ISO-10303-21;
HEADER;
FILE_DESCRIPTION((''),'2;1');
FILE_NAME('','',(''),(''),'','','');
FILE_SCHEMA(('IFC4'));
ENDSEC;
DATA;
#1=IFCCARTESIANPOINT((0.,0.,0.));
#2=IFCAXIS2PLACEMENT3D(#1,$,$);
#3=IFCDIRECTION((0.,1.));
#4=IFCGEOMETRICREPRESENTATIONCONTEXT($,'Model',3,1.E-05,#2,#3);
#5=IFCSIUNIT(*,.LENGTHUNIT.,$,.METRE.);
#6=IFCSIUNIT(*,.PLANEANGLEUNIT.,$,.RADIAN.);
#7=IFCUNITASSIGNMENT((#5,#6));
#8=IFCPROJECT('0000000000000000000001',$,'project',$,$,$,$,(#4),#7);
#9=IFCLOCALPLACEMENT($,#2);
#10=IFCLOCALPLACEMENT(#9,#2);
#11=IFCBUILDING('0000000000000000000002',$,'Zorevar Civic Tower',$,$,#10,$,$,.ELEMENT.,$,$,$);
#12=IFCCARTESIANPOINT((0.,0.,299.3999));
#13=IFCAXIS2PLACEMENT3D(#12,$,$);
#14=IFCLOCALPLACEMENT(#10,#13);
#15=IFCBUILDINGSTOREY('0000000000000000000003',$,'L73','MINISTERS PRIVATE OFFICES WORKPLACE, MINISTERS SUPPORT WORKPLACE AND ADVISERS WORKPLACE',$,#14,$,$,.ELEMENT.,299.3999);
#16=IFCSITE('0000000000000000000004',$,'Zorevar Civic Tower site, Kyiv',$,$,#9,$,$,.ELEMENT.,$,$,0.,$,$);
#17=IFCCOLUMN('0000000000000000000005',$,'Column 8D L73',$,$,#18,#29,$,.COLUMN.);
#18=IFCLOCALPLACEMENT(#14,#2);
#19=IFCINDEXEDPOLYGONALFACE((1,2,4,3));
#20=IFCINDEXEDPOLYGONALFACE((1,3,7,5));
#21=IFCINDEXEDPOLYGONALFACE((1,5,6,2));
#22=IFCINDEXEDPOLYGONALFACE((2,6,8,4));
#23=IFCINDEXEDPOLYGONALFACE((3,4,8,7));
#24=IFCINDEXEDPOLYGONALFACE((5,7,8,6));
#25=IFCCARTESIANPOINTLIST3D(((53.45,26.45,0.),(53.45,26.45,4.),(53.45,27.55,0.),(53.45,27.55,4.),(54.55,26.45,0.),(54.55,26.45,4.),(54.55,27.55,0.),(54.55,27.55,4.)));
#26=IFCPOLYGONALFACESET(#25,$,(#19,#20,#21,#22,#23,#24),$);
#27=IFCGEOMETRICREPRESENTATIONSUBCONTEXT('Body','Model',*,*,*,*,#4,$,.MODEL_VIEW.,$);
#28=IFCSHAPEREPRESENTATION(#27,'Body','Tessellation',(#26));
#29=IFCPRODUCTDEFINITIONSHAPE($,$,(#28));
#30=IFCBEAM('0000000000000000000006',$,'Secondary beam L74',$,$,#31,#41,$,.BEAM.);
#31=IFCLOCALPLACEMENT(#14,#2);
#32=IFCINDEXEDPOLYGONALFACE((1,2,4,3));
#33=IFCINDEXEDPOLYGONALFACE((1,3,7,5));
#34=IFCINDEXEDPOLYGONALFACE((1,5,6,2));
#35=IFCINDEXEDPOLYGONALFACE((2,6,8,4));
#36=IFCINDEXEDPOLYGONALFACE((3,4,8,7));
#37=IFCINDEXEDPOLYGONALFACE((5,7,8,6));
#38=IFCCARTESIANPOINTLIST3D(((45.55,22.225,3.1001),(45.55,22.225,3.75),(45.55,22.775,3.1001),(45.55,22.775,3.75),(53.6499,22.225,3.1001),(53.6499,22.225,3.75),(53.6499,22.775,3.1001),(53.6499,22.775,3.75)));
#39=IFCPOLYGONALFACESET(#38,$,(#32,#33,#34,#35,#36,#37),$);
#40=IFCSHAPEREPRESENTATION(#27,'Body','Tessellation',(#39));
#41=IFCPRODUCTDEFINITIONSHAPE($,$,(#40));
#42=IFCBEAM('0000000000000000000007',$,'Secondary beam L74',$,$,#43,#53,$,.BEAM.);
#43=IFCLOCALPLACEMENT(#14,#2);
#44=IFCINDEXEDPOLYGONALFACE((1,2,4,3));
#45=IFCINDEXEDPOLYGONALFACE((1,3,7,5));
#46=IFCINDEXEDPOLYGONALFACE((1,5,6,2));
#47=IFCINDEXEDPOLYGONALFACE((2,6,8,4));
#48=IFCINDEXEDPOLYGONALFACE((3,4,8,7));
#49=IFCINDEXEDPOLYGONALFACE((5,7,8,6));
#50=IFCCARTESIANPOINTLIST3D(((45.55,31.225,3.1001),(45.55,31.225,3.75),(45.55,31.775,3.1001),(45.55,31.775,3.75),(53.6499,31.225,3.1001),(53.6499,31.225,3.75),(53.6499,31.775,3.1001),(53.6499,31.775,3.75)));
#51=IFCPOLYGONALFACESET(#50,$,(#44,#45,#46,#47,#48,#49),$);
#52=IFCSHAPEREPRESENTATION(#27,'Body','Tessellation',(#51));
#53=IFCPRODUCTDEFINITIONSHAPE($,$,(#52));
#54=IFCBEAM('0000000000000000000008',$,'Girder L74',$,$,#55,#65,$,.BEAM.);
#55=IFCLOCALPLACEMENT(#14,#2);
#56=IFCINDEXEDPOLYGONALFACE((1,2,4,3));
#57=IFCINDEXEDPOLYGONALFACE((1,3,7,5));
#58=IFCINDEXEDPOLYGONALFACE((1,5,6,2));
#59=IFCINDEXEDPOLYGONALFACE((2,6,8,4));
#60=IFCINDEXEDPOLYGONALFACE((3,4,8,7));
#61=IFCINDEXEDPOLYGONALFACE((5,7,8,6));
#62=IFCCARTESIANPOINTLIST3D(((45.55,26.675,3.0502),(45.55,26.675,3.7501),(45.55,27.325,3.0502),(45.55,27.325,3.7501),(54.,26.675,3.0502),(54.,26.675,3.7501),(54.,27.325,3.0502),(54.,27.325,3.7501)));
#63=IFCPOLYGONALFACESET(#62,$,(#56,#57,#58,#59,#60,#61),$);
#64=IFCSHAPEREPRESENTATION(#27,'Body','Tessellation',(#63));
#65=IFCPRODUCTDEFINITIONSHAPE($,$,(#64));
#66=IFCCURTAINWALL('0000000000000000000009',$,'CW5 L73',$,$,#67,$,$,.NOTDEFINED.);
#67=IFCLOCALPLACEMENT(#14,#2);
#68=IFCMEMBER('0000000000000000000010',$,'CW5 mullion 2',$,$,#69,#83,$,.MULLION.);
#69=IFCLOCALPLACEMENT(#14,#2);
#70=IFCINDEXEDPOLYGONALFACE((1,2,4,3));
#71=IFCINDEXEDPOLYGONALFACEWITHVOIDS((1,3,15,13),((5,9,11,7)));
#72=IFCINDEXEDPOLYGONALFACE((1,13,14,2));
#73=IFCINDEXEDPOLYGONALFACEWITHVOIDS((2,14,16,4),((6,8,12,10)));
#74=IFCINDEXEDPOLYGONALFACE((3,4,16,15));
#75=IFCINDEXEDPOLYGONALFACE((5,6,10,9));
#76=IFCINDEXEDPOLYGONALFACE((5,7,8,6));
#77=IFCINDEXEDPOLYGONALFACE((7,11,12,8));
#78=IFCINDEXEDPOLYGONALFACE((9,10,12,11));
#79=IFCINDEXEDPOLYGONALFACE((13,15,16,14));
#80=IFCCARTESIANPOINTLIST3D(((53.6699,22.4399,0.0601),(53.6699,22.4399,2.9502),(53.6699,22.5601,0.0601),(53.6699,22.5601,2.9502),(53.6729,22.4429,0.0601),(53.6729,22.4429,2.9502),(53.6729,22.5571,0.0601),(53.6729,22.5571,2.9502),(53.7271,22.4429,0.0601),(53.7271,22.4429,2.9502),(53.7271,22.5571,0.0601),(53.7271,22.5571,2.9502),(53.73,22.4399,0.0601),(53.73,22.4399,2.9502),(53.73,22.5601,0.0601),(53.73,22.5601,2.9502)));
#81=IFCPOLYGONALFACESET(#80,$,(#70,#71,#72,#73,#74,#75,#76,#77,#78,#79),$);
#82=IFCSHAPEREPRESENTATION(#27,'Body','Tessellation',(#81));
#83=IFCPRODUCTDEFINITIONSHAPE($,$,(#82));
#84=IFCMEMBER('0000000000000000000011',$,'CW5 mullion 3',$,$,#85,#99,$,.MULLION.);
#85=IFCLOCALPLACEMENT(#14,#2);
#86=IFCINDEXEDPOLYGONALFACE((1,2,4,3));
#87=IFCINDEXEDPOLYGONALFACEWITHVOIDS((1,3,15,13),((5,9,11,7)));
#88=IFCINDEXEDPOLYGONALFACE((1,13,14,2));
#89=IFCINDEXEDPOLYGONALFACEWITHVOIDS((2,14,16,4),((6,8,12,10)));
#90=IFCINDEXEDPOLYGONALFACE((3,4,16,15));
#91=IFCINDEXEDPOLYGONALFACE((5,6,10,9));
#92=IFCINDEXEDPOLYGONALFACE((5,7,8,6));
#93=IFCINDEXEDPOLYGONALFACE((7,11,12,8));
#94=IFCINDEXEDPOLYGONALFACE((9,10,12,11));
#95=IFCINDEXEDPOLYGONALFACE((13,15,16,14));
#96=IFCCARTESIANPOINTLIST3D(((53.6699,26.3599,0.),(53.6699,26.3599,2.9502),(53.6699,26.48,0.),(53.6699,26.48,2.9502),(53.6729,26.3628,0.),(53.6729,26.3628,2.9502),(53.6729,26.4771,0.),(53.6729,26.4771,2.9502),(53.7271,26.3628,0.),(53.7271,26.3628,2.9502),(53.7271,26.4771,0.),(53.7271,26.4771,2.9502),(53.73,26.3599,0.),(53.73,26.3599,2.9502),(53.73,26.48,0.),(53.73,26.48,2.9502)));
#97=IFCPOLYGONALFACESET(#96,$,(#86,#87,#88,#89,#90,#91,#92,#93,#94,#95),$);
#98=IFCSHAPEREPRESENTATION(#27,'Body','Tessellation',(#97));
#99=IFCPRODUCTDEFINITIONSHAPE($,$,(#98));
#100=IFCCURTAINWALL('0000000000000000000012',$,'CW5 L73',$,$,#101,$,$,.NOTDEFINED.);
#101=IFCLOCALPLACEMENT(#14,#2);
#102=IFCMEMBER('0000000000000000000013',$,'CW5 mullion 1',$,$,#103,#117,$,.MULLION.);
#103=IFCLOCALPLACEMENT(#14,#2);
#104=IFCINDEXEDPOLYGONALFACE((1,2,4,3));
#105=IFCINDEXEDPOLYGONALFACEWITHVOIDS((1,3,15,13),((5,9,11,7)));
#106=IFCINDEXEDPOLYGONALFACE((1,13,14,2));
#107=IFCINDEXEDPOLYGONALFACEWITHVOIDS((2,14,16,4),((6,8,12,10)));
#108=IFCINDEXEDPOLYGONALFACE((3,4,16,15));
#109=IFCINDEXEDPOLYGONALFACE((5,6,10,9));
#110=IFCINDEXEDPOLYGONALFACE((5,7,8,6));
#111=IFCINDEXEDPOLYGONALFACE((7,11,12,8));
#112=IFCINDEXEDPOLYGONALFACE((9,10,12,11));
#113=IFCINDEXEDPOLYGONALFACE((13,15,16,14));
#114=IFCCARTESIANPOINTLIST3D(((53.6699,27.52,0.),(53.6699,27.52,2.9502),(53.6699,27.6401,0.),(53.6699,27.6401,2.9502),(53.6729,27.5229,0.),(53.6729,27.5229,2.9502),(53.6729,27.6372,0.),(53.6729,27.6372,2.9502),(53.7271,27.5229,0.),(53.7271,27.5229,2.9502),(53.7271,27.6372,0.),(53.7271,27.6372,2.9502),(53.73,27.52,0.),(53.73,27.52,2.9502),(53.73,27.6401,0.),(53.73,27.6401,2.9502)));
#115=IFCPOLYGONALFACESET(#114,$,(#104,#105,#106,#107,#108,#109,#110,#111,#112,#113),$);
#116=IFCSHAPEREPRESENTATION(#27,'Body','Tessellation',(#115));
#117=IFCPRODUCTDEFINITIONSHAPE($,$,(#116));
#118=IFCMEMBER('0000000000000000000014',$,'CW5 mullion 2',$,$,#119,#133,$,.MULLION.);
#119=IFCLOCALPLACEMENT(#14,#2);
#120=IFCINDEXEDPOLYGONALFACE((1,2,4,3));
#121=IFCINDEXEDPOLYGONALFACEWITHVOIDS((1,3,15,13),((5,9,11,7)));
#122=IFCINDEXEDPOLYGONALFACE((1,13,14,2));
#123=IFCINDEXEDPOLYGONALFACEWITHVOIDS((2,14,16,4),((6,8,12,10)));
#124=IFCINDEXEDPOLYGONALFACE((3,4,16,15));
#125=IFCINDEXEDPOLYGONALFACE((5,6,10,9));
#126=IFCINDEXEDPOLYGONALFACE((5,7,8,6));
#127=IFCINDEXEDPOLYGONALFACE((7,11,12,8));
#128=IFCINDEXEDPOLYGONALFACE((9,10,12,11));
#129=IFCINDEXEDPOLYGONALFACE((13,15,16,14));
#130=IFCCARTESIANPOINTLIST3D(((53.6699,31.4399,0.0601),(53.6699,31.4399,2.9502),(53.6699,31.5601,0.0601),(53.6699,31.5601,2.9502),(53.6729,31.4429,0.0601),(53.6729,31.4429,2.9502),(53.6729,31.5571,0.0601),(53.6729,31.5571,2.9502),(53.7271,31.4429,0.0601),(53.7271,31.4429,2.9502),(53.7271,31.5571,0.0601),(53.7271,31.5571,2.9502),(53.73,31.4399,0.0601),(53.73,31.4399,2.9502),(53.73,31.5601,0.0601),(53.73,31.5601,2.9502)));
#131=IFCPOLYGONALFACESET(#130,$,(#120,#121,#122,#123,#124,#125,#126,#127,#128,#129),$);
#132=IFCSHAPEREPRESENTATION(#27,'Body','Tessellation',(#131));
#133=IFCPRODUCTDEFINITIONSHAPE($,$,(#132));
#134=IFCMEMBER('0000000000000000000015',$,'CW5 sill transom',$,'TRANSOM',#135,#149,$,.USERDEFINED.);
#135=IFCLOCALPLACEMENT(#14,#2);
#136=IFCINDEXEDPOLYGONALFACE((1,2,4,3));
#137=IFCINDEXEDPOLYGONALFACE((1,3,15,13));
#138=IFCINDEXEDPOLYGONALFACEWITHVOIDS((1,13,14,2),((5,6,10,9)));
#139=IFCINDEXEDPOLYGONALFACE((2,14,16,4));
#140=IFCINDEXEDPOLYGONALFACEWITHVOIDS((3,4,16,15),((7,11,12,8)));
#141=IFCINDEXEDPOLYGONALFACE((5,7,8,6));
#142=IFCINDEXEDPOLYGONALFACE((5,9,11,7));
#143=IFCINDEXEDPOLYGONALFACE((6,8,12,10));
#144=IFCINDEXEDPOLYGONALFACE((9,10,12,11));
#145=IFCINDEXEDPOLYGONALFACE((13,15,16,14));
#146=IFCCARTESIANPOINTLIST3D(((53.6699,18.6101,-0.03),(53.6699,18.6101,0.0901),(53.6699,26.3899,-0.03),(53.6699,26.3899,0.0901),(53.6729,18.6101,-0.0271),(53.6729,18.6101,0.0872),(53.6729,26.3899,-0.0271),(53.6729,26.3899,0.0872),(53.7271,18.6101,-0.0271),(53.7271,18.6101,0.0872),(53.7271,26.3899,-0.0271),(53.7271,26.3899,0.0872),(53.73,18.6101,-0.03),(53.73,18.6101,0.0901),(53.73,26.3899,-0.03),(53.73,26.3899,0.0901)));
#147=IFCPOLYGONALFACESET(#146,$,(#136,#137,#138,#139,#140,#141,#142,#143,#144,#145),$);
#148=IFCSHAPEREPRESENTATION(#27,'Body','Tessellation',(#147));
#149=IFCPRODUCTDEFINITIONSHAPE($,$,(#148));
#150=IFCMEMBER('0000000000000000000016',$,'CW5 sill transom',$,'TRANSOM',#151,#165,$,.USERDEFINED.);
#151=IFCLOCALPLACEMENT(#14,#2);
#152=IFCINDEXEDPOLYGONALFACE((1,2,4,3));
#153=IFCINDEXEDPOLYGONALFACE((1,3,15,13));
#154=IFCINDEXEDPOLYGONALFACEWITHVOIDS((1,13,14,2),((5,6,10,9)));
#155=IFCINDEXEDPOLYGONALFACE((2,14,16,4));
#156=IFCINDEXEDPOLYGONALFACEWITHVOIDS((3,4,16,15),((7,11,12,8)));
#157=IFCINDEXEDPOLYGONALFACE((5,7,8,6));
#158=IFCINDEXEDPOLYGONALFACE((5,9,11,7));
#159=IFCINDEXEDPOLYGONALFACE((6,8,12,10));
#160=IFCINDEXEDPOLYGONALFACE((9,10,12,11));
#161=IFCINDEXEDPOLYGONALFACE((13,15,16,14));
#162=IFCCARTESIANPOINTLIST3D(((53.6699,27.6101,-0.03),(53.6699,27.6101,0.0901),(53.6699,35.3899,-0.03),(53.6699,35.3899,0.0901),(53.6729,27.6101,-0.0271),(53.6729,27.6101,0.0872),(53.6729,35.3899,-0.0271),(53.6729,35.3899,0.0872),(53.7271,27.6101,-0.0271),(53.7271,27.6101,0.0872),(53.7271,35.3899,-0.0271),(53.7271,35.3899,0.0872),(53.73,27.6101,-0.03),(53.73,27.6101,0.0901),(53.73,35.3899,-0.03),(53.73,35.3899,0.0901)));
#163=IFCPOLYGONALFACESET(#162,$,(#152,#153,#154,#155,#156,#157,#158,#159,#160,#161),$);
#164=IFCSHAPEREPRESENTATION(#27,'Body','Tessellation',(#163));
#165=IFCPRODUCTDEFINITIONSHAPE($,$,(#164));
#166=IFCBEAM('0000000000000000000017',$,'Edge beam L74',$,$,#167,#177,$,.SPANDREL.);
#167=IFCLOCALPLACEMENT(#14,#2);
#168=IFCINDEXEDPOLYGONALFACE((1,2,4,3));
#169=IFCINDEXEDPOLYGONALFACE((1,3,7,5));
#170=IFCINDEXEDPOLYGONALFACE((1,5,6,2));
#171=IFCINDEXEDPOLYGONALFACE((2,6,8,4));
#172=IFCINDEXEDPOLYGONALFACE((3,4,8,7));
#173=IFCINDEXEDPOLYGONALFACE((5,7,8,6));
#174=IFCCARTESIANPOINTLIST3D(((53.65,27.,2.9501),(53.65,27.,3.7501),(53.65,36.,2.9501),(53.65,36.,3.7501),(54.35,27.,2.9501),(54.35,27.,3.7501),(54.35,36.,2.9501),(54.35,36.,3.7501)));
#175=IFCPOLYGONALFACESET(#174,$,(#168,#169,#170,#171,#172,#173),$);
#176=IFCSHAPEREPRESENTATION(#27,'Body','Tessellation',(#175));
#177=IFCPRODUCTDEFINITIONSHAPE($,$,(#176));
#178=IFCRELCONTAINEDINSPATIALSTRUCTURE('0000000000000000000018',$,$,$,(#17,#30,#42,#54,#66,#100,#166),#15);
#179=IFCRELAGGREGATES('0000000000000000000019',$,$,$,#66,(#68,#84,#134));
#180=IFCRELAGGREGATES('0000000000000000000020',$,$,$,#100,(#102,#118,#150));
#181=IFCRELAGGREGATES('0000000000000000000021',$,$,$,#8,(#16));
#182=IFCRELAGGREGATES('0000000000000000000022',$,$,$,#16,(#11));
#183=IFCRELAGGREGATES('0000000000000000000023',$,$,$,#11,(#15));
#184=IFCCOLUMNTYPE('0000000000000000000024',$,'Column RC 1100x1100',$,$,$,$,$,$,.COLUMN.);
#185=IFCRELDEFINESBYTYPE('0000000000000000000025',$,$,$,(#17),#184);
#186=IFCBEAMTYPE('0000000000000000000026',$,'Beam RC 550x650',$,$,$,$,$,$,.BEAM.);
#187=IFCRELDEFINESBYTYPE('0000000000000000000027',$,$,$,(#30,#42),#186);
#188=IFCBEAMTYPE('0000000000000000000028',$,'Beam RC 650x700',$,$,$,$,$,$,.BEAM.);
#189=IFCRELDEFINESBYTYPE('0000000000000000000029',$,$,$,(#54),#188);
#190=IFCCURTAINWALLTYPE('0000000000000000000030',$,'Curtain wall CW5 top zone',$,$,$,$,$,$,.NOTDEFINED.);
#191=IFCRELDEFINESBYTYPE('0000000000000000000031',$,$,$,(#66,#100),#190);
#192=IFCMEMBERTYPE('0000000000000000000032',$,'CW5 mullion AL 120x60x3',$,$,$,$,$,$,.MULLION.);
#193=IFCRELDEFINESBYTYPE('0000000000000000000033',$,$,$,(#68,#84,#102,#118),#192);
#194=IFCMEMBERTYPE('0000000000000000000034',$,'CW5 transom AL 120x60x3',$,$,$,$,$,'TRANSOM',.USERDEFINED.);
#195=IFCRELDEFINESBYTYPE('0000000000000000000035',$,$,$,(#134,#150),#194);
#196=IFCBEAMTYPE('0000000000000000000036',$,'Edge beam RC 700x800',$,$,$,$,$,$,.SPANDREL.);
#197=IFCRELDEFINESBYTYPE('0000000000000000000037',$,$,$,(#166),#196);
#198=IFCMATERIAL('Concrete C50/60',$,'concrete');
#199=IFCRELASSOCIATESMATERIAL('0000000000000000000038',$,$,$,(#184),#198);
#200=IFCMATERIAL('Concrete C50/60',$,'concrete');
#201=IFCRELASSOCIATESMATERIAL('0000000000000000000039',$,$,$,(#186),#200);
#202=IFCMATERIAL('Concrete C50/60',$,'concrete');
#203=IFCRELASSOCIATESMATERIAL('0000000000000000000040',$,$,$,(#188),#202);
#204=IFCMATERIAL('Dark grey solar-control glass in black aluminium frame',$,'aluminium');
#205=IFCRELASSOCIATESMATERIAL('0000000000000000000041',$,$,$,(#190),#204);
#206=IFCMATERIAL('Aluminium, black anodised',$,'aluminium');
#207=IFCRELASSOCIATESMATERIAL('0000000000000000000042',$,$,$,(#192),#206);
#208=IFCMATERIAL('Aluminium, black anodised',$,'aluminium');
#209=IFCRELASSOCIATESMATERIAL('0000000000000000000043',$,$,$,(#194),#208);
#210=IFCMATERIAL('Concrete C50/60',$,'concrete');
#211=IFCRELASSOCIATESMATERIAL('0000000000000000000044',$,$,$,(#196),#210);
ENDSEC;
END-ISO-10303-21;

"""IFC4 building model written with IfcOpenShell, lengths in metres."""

from ifc_helpers import new_model, si_unit, direction, frame, origin, origin_2d, place, context, subcontext, project, spatial, rectangle, hollow_rectangle, extrude, material, material_profile, profile_set, type_object, element, aggregate, save


model = new_model("IFC4")

# Units and contexts
model_context = context("Model", 3, precision=1e-05, world=origin(), true_north=direction((0.0, 1.0)))
body_context = subcontext(model_context, "Body", "Model", "MODEL_VIEW")
ifc_project = project(units=[si_unit("LENGTHUNIT", "METRE"), si_unit("PLANEANGLEUNIT", "RADIAN")], contexts=[model_context])

# Site, building, storey
site_placement = place(None, origin())
site = spatial("IfcSite", under=ifc_project, at=site_placement, Name="Zorevar Civic Tower site, Kyiv", CompositionType="ELEMENT", RefElevation=0.0)
building_placement = place(site_placement, origin())
building = spatial("IfcBuilding", under=site, at=building_placement, Name="Zorevar Civic Tower", CompositionType="ELEMENT")
storey_placement = place(building_placement, frame((0.0, 0.0, 299.3999)))
storey = spatial("IfcBuildingStorey", under=building, at=storey_placement, Name="L73", Description="MINISTERS PRIVATE OFFICES WORKPLACE, MINISTERS SUPPORT WORKPLACE AND ADVISERS WORKPLACE", CompositionType="ELEMENT", Elevation=299.3999)

# Column
ifc_material_1 = material(Name="Concrete C50/60", Category="concrete")
ifc_material_profile_1 = material_profile(ifc_material_1, rectangle(XDim=1.1001, YDim=1.1001, at=origin_2d()), Name="RC 1100x1100")
ifc_profile_set_1 = profile_set([ifc_material_profile_1], Name="Concrete C50/60")
column_type = type_object("IfcColumnType", Name="Column RC 1100x1100", PredefinedType="COLUMN", material=ifc_profile_set_1)
column_placement = place(storey_placement, frame((54.0, 27.0, 0.0), z_axis=(0.0, 0.0, 1.0), x_axis=(1.0, 0.0, 0.0)))
element("IfcColumn", 1, at=column_placement, inside=storey, type_object=column_type, Name="Column 8D L73", PredefinedType="COLUMN", context=body_context, shape_type="SweptSolid", body=[
    extrude(rectangle(XDim=1.1001, YDim=1.1001, at=origin_2d()), origin(), (0.0, 0.0, 1.0), 4.0),
])

# Beams
ifc_material_2 = material(Name="Concrete C50/60", Category="concrete")
ifc_material_profile_2 = material_profile(ifc_material_2, rectangle(XDim=0.55, YDim=0.6499, at=origin_2d()), Name="RC 550x650")
ifc_profile_set_2 = profile_set([ifc_material_profile_2], Name="Concrete C50/60")
beam_type_1 = type_object("IfcBeamType", Name="Beam RC 550x650", PredefinedType="BEAM", material=ifc_profile_set_2)
for number, where, z_axis, x_axis, name in (
    (2, (45.55, 22.5, 3.425), (1.0, 0.0, 0.0), (0.0, 1.0, 0.0), "Secondary beam L74"),
    (3, (45.55, 31.5, 3.425), (1.0, 0.0, 0.0), (0.0, 1.0, 0.0), "Secondary beam L74"),
):
    element("IfcBeam", number, at=place(storey_placement, frame(where, z_axis=z_axis, x_axis=x_axis)), inside=storey, type_object=beam_type_1, Name=name, PredefinedType="BEAM", context=body_context, shape_type="SweptSolid", body=[
        extrude(rectangle(XDim=0.55, YDim=0.6499, at=origin_2d()), origin(), (0.0, 0.0, 1.0), 8.0999),
    ])
ifc_material_3 = material(Name="Concrete C50/60", Category="concrete")
ifc_material_profile_3 = material_profile(ifc_material_3, rectangle(XDim=0.6499, YDim=0.7, at=origin_2d()), Name="RC 650x700")
ifc_profile_set_3 = profile_set([ifc_material_profile_3], Name="Concrete C50/60")
beam_type_2 = type_object("IfcBeamType", Name="Beam RC 650x700", PredefinedType="BEAM", material=ifc_profile_set_3)
beam_1_placement = place(storey_placement, frame((45.55, 27.0, 3.4001), z_axis=(1.0, 0.0, 0.0), x_axis=(0.0, 1.0, 0.0)))
element("IfcBeam", 4, at=beam_1_placement, inside=storey, type_object=beam_type_2, Name="Girder L74", PredefinedType="BEAM", context=body_context, shape_type="SweptSolid", body=[
    extrude(rectangle(XDim=0.6499, YDim=0.7, at=origin_2d()), origin(), (0.0, 0.0, 1.0), 8.45),
])

# Curtain walls, members
ifc_material_4 = material(Name="Dark grey solar-control glass in black aluminium frame", Category="aluminium")
curtain_wall_type = type_object("IfcCurtainWallType", Name="Curtain wall CW5 top zone", PredefinedType="NOTDEFINED", material=ifc_material_4)
curtain_wall_1_placement = place(storey_placement, origin())
curtain_wall_1 = element("IfcCurtainWall", 5, at=curtain_wall_1_placement, inside=storey, type_object=curtain_wall_type, Name="CW5 L73", PredefinedType="NOTDEFINED")
ifc_material_5 = material(Name="Aluminium, black anodised", Category="aluminium")
ifc_material_profile_4 = material_profile(ifc_material_5, hollow_rectangle(XDim=0.0601, YDim=0.1201, WallThickness=0.0029, at=origin_2d()), Name="AL 120x60x3")
ifc_profile_set_4 = profile_set([ifc_material_profile_4], Name="Aluminium, black anodised")
member_type_1 = type_object("IfcMemberType", Name="CW5 mullion AL 120x60x3", PredefinedType="MULLION", material=ifc_profile_set_4)
member_1_placement = place(storey_placement, frame((53.7, 22.5, 0.0601), z_axis=(0.0, 0.0, 1.0), x_axis=(-1.0, 0.0, 0.0)))
member_1 = element("IfcMember", 6, at=member_1_placement, type_object=member_type_1, Name="CW5 mullion 2", PredefinedType="MULLION", context=body_context, shape_type="SweptSolid", body=[
    extrude(hollow_rectangle(XDim=0.0601, YDim=0.1201, WallThickness=0.0029, at=origin_2d()), origin(), (0.0, 0.0, 1.0), 2.8901),
])
member_2_placement = place(storey_placement, frame((53.7, 26.4199, 0.0), z_axis=(0.0, 0.0, 1.0), x_axis=(-1.0, 0.0, 0.0)))
member_2 = element("IfcMember", 7, at=member_2_placement, type_object=member_type_1, Name="CW5 mullion 3", PredefinedType="MULLION", context=body_context, shape_type="SweptSolid", body=[
    extrude(hollow_rectangle(XDim=0.0601, YDim=0.1201, WallThickness=0.0029, at=origin_2d()), origin(), (0.0, 0.0, 1.0), 2.9502),
])
curtain_wall_2_placement = place(storey_placement, origin())
curtain_wall_2 = element("IfcCurtainWall", 8, at=curtain_wall_2_placement, inside=storey, type_object=curtain_wall_type, Name="CW5 L73", PredefinedType="NOTDEFINED")
member_3_placement = place(storey_placement, frame((53.7, 27.5801, 0.0), z_axis=(0.0, 0.0, 1.0), x_axis=(-1.0, 0.0, 0.0)))
member_3 = element("IfcMember", 9, at=member_3_placement, type_object=member_type_1, Name="CW5 mullion 1", PredefinedType="MULLION", context=body_context, shape_type="SweptSolid", body=[
    extrude(hollow_rectangle(XDim=0.0601, YDim=0.1201, WallThickness=0.0029, at=origin_2d()), origin(), (0.0, 0.0, 1.0), 2.9502),
])
member_4_placement = place(storey_placement, frame((53.7, 31.5, 0.0601), z_axis=(0.0, 0.0, 1.0), x_axis=(-1.0, 0.0, 0.0)))
member_4 = element("IfcMember", 10, at=member_4_placement, type_object=member_type_1, Name="CW5 mullion 2", PredefinedType="MULLION", context=body_context, shape_type="SweptSolid", body=[
    extrude(hollow_rectangle(XDim=0.0601, YDim=0.1201, WallThickness=0.0029, at=origin_2d()), origin(), (0.0, 0.0, 1.0), 2.8901),
])

# Members
ifc_material_6 = material(Name="Aluminium, black anodised", Category="aluminium")
ifc_material_profile_5 = material_profile(ifc_material_6, hollow_rectangle(XDim=0.0601, YDim=0.1201, WallThickness=0.0029, at=origin_2d()), Name="AL 120x60x3")
ifc_profile_set_5 = profile_set([ifc_material_profile_5], Name="Aluminium, black anodised")
member_type_2 = type_object("IfcMemberType", Name="CW5 transom AL 120x60x3", ElementType="TRANSOM", PredefinedType="USERDEFINED", material=ifc_profile_set_5)
member_5_placement = place(storey_placement, frame((53.7, 18.6101, 0.03), z_axis=(0.0, 1.0, 0.0), x_axis=(-1.0, 0.0, 0.0)))
member_5 = element("IfcMember", 11, at=member_5_placement, type_object=member_type_2, Name="CW5 sill transom", ObjectType="TRANSOM", PredefinedType="USERDEFINED", context=body_context, shape_type="SweptSolid", body=[
    extrude(hollow_rectangle(XDim=0.0601, YDim=0.1201, WallThickness=0.0029, at=origin_2d()), origin(), (0.0, 0.0, 1.0), 7.7798),
])
member_6_placement = place(storey_placement, frame((53.7, 27.6101, 0.03), z_axis=(0.0, 1.0, 0.0), x_axis=(-1.0, 0.0, 0.0)))
member_6 = element("IfcMember", 12, at=member_6_placement, type_object=member_type_2, Name="CW5 sill transom", ObjectType="TRANSOM", PredefinedType="USERDEFINED", context=body_context, shape_type="SweptSolid", body=[
    extrude(hollow_rectangle(XDim=0.0601, YDim=0.1201, WallThickness=0.0029, at=origin_2d()), origin(), (0.0, 0.0, 1.0), 7.7798),
])

# Beam
ifc_material_7 = material(Name="Concrete C50/60", Category="concrete")
ifc_material_profile_6 = material_profile(ifc_material_7, rectangle(XDim=0.7, YDim=0.8, at=origin_2d()), Name="RC 700x800")
ifc_profile_set_6 = profile_set([ifc_material_profile_6], Name="Concrete C50/60")
beam_type_3 = type_object("IfcBeamType", Name="Edge beam RC 700x800", PredefinedType="SPANDREL", material=ifc_profile_set_6)
beam_2_placement = place(storey_placement, frame((54.0, 27.0, 3.3501), z_axis=(0.0, 1.0, 0.0), x_axis=(-1.0, 0.0, 0.0)))
element("IfcBeam", 13, at=beam_2_placement, inside=storey, type_object=beam_type_3, Name="Edge beam L74", PredefinedType="SPANDREL", context=body_context, shape_type="SweptSolid", body=[
    extrude(rectangle(XDim=0.7, YDim=0.8, at=origin_2d()), origin(), (0.0, 0.0, 1.0), 9.0),
])

aggregate(curtain_wall_1, [member_1, member_2, member_5])
aggregate(curtain_wall_2, [member_3, member_4, member_6])

save(model, "model.ifc")
